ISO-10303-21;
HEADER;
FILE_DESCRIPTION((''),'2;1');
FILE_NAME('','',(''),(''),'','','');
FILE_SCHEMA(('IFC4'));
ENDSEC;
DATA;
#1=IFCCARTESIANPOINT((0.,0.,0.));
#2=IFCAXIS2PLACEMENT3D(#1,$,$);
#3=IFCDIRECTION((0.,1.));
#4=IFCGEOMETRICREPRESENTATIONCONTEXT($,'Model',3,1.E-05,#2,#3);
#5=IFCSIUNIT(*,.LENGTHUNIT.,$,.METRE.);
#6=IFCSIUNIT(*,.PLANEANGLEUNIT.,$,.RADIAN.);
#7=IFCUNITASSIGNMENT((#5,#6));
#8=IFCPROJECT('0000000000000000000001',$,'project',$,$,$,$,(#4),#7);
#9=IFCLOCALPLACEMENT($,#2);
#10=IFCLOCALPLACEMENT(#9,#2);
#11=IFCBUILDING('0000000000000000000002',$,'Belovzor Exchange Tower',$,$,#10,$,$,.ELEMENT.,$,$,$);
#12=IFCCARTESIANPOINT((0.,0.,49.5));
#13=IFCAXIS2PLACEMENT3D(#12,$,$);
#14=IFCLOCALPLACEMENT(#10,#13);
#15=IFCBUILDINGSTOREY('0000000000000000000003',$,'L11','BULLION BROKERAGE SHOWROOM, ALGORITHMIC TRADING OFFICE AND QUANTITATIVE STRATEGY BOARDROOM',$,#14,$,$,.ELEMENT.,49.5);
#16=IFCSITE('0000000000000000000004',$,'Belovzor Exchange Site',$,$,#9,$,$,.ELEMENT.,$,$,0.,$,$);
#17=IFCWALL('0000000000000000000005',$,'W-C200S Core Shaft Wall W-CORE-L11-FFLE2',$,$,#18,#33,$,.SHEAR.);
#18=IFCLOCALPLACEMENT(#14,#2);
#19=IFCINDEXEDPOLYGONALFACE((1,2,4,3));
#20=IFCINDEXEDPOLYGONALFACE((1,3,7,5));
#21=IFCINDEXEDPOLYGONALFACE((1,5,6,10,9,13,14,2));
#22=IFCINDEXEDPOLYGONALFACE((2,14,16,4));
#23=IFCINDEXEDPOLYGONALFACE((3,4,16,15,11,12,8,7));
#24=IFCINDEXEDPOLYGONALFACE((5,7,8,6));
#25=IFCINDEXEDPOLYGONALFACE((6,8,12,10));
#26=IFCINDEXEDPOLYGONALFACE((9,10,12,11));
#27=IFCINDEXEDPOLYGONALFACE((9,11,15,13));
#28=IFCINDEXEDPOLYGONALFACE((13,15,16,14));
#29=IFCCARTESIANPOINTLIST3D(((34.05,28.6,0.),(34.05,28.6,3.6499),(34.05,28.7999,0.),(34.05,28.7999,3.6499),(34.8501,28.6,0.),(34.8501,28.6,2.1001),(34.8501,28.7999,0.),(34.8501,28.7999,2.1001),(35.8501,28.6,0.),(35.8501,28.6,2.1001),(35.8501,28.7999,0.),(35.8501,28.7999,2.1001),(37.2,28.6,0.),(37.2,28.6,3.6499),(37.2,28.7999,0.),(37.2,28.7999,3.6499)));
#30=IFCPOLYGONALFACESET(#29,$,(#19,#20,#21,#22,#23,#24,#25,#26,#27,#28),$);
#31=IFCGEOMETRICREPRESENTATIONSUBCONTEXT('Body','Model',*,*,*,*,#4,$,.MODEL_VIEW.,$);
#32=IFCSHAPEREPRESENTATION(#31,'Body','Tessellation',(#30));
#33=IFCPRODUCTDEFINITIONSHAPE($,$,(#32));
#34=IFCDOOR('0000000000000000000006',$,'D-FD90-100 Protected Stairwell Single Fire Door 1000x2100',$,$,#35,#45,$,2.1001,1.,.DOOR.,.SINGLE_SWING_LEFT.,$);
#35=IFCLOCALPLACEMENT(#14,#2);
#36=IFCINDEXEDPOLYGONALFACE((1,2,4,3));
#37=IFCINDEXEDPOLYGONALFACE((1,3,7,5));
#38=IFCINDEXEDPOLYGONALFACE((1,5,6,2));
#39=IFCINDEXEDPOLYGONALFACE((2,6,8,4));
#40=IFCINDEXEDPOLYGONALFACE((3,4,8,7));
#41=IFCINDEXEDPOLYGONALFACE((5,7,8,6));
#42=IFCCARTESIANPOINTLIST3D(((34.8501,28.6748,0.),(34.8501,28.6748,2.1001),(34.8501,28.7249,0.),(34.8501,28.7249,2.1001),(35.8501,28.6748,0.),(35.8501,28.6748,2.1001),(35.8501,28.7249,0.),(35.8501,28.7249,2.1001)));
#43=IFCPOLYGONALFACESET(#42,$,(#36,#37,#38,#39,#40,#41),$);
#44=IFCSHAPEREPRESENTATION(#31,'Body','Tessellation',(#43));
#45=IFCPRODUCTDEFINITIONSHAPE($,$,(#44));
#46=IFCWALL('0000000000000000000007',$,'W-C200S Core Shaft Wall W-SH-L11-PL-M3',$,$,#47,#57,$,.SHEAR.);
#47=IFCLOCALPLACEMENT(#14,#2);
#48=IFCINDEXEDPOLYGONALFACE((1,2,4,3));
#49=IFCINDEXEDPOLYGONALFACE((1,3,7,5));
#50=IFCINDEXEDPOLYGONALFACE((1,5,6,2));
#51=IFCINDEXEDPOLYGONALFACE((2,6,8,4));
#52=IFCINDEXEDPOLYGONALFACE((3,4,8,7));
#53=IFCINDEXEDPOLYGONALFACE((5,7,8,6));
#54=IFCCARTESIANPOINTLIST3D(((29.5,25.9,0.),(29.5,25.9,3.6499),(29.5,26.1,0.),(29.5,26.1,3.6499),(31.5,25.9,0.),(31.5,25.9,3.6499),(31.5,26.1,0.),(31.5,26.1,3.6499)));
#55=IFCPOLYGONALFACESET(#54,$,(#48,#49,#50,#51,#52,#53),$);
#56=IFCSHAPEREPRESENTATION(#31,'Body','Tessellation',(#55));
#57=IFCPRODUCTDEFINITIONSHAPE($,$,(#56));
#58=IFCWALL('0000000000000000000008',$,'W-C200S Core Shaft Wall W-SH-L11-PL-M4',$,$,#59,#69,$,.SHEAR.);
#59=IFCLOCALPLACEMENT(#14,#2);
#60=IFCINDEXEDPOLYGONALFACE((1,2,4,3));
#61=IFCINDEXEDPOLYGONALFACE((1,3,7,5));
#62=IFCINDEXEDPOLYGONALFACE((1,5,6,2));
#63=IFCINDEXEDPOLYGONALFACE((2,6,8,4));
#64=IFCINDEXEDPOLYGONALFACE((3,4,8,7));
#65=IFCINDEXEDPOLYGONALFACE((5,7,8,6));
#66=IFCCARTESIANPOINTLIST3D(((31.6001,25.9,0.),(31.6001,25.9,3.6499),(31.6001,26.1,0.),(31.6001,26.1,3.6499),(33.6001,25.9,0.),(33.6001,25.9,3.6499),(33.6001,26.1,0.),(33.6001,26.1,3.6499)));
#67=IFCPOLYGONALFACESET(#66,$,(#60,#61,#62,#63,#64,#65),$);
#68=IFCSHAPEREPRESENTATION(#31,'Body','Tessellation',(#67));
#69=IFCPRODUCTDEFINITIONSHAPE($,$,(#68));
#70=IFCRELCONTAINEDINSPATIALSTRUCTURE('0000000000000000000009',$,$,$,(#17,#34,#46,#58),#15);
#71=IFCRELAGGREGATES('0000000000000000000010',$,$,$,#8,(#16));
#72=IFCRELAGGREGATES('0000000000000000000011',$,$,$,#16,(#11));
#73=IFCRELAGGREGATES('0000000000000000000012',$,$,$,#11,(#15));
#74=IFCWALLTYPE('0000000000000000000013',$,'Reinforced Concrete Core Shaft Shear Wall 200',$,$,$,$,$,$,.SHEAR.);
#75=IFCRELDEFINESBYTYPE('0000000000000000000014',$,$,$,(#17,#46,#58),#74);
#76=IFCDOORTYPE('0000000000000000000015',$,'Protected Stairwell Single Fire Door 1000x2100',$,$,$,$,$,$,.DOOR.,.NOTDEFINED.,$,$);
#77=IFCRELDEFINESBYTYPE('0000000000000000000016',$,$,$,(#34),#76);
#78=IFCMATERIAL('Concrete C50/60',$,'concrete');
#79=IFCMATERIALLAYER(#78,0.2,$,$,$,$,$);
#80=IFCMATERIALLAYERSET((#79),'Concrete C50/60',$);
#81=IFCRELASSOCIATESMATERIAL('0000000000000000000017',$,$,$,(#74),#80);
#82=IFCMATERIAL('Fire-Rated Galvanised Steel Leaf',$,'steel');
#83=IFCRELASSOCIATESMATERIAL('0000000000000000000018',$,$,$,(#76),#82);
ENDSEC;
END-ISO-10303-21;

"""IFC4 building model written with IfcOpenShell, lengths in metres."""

from ifc_helpers import new_model, si_unit, direction, frame, frame_2d, origin, place, context, subcontext, project, spatial, rectangle, extrude, material, layer, layer_set, type_object, element, fill, save


model = new_model("IFC4")

# Units and contexts
model_context = context("Model", 3, precision=1e-05, world=origin(), true_north=direction((0.0, 1.0)))
body_context = subcontext(model_context, "Body", "Model", "MODEL_VIEW")
ifc_project = project(units=[si_unit("LENGTHUNIT", "METRE"), si_unit("PLANEANGLEUNIT", "RADIAN")], contexts=[model_context])

# Site, building, storey
site_placement = place(None, origin())
site = spatial("IfcSite", under=ifc_project, at=site_placement, Name="Belovzor Exchange Site", CompositionType="ELEMENT", RefElevation=0.0)
building_placement = place(site_placement, origin())
building = spatial("IfcBuilding", under=site, at=building_placement, Name="Belovzor Exchange Tower", CompositionType="ELEMENT")
storey_placement = place(building_placement, frame((0.0, 0.0, 49.5)))
storey = spatial("IfcBuildingStorey", under=building, at=storey_placement, Name="L11", Description="BULLION BROKERAGE SHOWROOM, ALGORITHMIC TRADING OFFICE AND QUANTITATIVE STRATEGY BOARDROOM", CompositionType="ELEMENT", Elevation=49.5)

# Wall, opening, door
ifc_material_1 = material(Name="Concrete C50/60", Category="concrete")
ifc_layer_1 = layer(ifc_material_1, 0.2)
ifc_layer_set_1 = layer_set([ifc_layer_1], Name="Concrete C50/60")
wall_type_1 = type_object("IfcWallType", Name="Reinforced Concrete Core Shaft Shear Wall 200", PredefinedType="SHEAR", material=ifc_layer_set_1)
wall_1_placement = place(storey_placement, frame((34.05, 28.7, 0.0), z_axis=(0.0, 0.0, 1.0), x_axis=(1.0, 0.0, 0.0)))
wall_1 = element("IfcWall", 1, at=wall_1_placement, inside=storey, type_object=wall_type_1, Name="W-C200S Core Shaft Wall W-CORE-L11-FFLE2", PredefinedType="SHEAR", context=body_context, shape_type="SweptSolid", body=[
    extrude(rectangle(XDim=3.1499, YDim=0.2, at=frame_2d((1.575, 0.0))), origin(), (0.0, 0.0, 1.0), 3.6499),
])
opening_1_placement = place(wall_1_placement, frame((0.8, 0.0, 0.0)))
opening_1 = element("IfcOpeningElement", 2, at=opening_1_placement, cuts=wall_1, PredefinedType="OPENING", context=body_context, shape_type="SweptSolid", body=[
    extrude(rectangle(XDim=1.0, YDim=2.1001, at=frame_2d((0.5, 1.05))), frame((0.0, 0.1099, 0.0), z_axis=(0.0, -1.0, 0.0), x_axis=(1.0, 0.0, 0.0)), (0.0, 0.0, 1.0), 0.22),
])
ifc_material_2 = material(Name="Fire-Rated Galvanised Steel Leaf", Category="steel")
door_type_1 = type_object("IfcDoorType", Name="Protected Stairwell Single Fire Door 1000x2100", OperationType="NOTDEFINED", PredefinedType="DOOR", material=ifc_material_2)
door_1_placement = place(opening_1_placement, origin())
door_1 = element("IfcDoor", 3, at=door_1_placement, inside=storey, type_object=door_type_1, Name="D-FD90-100 Protected Stairwell Single Fire Door 1000x2100", OperationType="SINGLE_SWING_LEFT", OverallHeight=2.1001, OverallWidth=1.0, PredefinedType="DOOR", context=body_context, shape_type="SweptSolid", body=[
    extrude(rectangle(XDim=1.0, YDim=2.1001, at=frame_2d((0.5, 1.05))), frame((0.0, 0.0249, 0.0), z_axis=(0.0, -1.0, 0.0), x_axis=(1.0, 0.0, 0.0)), (0.0, 0.0, 1.0), 0.05),
])
fill(opening_1, door_1)

# Walls
for number, where, z_axis, x_axis, name in (
    (4, (29.5, 26.0, 0.0), (0.0, 0.0, 1.0), (1.0, 0.0, 0.0), "W-C200S Core Shaft Wall W-SH-L11-PL-M3"),
    (5, (31.6001, 26.0, 0.0), (0.0, 0.0, 1.0), (1.0, 0.0, 0.0), "W-C200S Core Shaft Wall W-SH-L11-PL-M4"),
):
    element("IfcWall", number, at=place(storey_placement, frame(where, z_axis=z_axis, x_axis=x_axis)), inside=storey, type_object=wall_type_1, Name=name, PredefinedType="SHEAR", context=body_context, shape_type="SweptSolid", body=[
        extrude(rectangle(XDim=2.0, YDim=0.2, at=frame_2d((1.0, 0.0))), origin(), (0.0, 0.0, 1.0), 3.6499),
    ])

save(model, "model.ifc")
